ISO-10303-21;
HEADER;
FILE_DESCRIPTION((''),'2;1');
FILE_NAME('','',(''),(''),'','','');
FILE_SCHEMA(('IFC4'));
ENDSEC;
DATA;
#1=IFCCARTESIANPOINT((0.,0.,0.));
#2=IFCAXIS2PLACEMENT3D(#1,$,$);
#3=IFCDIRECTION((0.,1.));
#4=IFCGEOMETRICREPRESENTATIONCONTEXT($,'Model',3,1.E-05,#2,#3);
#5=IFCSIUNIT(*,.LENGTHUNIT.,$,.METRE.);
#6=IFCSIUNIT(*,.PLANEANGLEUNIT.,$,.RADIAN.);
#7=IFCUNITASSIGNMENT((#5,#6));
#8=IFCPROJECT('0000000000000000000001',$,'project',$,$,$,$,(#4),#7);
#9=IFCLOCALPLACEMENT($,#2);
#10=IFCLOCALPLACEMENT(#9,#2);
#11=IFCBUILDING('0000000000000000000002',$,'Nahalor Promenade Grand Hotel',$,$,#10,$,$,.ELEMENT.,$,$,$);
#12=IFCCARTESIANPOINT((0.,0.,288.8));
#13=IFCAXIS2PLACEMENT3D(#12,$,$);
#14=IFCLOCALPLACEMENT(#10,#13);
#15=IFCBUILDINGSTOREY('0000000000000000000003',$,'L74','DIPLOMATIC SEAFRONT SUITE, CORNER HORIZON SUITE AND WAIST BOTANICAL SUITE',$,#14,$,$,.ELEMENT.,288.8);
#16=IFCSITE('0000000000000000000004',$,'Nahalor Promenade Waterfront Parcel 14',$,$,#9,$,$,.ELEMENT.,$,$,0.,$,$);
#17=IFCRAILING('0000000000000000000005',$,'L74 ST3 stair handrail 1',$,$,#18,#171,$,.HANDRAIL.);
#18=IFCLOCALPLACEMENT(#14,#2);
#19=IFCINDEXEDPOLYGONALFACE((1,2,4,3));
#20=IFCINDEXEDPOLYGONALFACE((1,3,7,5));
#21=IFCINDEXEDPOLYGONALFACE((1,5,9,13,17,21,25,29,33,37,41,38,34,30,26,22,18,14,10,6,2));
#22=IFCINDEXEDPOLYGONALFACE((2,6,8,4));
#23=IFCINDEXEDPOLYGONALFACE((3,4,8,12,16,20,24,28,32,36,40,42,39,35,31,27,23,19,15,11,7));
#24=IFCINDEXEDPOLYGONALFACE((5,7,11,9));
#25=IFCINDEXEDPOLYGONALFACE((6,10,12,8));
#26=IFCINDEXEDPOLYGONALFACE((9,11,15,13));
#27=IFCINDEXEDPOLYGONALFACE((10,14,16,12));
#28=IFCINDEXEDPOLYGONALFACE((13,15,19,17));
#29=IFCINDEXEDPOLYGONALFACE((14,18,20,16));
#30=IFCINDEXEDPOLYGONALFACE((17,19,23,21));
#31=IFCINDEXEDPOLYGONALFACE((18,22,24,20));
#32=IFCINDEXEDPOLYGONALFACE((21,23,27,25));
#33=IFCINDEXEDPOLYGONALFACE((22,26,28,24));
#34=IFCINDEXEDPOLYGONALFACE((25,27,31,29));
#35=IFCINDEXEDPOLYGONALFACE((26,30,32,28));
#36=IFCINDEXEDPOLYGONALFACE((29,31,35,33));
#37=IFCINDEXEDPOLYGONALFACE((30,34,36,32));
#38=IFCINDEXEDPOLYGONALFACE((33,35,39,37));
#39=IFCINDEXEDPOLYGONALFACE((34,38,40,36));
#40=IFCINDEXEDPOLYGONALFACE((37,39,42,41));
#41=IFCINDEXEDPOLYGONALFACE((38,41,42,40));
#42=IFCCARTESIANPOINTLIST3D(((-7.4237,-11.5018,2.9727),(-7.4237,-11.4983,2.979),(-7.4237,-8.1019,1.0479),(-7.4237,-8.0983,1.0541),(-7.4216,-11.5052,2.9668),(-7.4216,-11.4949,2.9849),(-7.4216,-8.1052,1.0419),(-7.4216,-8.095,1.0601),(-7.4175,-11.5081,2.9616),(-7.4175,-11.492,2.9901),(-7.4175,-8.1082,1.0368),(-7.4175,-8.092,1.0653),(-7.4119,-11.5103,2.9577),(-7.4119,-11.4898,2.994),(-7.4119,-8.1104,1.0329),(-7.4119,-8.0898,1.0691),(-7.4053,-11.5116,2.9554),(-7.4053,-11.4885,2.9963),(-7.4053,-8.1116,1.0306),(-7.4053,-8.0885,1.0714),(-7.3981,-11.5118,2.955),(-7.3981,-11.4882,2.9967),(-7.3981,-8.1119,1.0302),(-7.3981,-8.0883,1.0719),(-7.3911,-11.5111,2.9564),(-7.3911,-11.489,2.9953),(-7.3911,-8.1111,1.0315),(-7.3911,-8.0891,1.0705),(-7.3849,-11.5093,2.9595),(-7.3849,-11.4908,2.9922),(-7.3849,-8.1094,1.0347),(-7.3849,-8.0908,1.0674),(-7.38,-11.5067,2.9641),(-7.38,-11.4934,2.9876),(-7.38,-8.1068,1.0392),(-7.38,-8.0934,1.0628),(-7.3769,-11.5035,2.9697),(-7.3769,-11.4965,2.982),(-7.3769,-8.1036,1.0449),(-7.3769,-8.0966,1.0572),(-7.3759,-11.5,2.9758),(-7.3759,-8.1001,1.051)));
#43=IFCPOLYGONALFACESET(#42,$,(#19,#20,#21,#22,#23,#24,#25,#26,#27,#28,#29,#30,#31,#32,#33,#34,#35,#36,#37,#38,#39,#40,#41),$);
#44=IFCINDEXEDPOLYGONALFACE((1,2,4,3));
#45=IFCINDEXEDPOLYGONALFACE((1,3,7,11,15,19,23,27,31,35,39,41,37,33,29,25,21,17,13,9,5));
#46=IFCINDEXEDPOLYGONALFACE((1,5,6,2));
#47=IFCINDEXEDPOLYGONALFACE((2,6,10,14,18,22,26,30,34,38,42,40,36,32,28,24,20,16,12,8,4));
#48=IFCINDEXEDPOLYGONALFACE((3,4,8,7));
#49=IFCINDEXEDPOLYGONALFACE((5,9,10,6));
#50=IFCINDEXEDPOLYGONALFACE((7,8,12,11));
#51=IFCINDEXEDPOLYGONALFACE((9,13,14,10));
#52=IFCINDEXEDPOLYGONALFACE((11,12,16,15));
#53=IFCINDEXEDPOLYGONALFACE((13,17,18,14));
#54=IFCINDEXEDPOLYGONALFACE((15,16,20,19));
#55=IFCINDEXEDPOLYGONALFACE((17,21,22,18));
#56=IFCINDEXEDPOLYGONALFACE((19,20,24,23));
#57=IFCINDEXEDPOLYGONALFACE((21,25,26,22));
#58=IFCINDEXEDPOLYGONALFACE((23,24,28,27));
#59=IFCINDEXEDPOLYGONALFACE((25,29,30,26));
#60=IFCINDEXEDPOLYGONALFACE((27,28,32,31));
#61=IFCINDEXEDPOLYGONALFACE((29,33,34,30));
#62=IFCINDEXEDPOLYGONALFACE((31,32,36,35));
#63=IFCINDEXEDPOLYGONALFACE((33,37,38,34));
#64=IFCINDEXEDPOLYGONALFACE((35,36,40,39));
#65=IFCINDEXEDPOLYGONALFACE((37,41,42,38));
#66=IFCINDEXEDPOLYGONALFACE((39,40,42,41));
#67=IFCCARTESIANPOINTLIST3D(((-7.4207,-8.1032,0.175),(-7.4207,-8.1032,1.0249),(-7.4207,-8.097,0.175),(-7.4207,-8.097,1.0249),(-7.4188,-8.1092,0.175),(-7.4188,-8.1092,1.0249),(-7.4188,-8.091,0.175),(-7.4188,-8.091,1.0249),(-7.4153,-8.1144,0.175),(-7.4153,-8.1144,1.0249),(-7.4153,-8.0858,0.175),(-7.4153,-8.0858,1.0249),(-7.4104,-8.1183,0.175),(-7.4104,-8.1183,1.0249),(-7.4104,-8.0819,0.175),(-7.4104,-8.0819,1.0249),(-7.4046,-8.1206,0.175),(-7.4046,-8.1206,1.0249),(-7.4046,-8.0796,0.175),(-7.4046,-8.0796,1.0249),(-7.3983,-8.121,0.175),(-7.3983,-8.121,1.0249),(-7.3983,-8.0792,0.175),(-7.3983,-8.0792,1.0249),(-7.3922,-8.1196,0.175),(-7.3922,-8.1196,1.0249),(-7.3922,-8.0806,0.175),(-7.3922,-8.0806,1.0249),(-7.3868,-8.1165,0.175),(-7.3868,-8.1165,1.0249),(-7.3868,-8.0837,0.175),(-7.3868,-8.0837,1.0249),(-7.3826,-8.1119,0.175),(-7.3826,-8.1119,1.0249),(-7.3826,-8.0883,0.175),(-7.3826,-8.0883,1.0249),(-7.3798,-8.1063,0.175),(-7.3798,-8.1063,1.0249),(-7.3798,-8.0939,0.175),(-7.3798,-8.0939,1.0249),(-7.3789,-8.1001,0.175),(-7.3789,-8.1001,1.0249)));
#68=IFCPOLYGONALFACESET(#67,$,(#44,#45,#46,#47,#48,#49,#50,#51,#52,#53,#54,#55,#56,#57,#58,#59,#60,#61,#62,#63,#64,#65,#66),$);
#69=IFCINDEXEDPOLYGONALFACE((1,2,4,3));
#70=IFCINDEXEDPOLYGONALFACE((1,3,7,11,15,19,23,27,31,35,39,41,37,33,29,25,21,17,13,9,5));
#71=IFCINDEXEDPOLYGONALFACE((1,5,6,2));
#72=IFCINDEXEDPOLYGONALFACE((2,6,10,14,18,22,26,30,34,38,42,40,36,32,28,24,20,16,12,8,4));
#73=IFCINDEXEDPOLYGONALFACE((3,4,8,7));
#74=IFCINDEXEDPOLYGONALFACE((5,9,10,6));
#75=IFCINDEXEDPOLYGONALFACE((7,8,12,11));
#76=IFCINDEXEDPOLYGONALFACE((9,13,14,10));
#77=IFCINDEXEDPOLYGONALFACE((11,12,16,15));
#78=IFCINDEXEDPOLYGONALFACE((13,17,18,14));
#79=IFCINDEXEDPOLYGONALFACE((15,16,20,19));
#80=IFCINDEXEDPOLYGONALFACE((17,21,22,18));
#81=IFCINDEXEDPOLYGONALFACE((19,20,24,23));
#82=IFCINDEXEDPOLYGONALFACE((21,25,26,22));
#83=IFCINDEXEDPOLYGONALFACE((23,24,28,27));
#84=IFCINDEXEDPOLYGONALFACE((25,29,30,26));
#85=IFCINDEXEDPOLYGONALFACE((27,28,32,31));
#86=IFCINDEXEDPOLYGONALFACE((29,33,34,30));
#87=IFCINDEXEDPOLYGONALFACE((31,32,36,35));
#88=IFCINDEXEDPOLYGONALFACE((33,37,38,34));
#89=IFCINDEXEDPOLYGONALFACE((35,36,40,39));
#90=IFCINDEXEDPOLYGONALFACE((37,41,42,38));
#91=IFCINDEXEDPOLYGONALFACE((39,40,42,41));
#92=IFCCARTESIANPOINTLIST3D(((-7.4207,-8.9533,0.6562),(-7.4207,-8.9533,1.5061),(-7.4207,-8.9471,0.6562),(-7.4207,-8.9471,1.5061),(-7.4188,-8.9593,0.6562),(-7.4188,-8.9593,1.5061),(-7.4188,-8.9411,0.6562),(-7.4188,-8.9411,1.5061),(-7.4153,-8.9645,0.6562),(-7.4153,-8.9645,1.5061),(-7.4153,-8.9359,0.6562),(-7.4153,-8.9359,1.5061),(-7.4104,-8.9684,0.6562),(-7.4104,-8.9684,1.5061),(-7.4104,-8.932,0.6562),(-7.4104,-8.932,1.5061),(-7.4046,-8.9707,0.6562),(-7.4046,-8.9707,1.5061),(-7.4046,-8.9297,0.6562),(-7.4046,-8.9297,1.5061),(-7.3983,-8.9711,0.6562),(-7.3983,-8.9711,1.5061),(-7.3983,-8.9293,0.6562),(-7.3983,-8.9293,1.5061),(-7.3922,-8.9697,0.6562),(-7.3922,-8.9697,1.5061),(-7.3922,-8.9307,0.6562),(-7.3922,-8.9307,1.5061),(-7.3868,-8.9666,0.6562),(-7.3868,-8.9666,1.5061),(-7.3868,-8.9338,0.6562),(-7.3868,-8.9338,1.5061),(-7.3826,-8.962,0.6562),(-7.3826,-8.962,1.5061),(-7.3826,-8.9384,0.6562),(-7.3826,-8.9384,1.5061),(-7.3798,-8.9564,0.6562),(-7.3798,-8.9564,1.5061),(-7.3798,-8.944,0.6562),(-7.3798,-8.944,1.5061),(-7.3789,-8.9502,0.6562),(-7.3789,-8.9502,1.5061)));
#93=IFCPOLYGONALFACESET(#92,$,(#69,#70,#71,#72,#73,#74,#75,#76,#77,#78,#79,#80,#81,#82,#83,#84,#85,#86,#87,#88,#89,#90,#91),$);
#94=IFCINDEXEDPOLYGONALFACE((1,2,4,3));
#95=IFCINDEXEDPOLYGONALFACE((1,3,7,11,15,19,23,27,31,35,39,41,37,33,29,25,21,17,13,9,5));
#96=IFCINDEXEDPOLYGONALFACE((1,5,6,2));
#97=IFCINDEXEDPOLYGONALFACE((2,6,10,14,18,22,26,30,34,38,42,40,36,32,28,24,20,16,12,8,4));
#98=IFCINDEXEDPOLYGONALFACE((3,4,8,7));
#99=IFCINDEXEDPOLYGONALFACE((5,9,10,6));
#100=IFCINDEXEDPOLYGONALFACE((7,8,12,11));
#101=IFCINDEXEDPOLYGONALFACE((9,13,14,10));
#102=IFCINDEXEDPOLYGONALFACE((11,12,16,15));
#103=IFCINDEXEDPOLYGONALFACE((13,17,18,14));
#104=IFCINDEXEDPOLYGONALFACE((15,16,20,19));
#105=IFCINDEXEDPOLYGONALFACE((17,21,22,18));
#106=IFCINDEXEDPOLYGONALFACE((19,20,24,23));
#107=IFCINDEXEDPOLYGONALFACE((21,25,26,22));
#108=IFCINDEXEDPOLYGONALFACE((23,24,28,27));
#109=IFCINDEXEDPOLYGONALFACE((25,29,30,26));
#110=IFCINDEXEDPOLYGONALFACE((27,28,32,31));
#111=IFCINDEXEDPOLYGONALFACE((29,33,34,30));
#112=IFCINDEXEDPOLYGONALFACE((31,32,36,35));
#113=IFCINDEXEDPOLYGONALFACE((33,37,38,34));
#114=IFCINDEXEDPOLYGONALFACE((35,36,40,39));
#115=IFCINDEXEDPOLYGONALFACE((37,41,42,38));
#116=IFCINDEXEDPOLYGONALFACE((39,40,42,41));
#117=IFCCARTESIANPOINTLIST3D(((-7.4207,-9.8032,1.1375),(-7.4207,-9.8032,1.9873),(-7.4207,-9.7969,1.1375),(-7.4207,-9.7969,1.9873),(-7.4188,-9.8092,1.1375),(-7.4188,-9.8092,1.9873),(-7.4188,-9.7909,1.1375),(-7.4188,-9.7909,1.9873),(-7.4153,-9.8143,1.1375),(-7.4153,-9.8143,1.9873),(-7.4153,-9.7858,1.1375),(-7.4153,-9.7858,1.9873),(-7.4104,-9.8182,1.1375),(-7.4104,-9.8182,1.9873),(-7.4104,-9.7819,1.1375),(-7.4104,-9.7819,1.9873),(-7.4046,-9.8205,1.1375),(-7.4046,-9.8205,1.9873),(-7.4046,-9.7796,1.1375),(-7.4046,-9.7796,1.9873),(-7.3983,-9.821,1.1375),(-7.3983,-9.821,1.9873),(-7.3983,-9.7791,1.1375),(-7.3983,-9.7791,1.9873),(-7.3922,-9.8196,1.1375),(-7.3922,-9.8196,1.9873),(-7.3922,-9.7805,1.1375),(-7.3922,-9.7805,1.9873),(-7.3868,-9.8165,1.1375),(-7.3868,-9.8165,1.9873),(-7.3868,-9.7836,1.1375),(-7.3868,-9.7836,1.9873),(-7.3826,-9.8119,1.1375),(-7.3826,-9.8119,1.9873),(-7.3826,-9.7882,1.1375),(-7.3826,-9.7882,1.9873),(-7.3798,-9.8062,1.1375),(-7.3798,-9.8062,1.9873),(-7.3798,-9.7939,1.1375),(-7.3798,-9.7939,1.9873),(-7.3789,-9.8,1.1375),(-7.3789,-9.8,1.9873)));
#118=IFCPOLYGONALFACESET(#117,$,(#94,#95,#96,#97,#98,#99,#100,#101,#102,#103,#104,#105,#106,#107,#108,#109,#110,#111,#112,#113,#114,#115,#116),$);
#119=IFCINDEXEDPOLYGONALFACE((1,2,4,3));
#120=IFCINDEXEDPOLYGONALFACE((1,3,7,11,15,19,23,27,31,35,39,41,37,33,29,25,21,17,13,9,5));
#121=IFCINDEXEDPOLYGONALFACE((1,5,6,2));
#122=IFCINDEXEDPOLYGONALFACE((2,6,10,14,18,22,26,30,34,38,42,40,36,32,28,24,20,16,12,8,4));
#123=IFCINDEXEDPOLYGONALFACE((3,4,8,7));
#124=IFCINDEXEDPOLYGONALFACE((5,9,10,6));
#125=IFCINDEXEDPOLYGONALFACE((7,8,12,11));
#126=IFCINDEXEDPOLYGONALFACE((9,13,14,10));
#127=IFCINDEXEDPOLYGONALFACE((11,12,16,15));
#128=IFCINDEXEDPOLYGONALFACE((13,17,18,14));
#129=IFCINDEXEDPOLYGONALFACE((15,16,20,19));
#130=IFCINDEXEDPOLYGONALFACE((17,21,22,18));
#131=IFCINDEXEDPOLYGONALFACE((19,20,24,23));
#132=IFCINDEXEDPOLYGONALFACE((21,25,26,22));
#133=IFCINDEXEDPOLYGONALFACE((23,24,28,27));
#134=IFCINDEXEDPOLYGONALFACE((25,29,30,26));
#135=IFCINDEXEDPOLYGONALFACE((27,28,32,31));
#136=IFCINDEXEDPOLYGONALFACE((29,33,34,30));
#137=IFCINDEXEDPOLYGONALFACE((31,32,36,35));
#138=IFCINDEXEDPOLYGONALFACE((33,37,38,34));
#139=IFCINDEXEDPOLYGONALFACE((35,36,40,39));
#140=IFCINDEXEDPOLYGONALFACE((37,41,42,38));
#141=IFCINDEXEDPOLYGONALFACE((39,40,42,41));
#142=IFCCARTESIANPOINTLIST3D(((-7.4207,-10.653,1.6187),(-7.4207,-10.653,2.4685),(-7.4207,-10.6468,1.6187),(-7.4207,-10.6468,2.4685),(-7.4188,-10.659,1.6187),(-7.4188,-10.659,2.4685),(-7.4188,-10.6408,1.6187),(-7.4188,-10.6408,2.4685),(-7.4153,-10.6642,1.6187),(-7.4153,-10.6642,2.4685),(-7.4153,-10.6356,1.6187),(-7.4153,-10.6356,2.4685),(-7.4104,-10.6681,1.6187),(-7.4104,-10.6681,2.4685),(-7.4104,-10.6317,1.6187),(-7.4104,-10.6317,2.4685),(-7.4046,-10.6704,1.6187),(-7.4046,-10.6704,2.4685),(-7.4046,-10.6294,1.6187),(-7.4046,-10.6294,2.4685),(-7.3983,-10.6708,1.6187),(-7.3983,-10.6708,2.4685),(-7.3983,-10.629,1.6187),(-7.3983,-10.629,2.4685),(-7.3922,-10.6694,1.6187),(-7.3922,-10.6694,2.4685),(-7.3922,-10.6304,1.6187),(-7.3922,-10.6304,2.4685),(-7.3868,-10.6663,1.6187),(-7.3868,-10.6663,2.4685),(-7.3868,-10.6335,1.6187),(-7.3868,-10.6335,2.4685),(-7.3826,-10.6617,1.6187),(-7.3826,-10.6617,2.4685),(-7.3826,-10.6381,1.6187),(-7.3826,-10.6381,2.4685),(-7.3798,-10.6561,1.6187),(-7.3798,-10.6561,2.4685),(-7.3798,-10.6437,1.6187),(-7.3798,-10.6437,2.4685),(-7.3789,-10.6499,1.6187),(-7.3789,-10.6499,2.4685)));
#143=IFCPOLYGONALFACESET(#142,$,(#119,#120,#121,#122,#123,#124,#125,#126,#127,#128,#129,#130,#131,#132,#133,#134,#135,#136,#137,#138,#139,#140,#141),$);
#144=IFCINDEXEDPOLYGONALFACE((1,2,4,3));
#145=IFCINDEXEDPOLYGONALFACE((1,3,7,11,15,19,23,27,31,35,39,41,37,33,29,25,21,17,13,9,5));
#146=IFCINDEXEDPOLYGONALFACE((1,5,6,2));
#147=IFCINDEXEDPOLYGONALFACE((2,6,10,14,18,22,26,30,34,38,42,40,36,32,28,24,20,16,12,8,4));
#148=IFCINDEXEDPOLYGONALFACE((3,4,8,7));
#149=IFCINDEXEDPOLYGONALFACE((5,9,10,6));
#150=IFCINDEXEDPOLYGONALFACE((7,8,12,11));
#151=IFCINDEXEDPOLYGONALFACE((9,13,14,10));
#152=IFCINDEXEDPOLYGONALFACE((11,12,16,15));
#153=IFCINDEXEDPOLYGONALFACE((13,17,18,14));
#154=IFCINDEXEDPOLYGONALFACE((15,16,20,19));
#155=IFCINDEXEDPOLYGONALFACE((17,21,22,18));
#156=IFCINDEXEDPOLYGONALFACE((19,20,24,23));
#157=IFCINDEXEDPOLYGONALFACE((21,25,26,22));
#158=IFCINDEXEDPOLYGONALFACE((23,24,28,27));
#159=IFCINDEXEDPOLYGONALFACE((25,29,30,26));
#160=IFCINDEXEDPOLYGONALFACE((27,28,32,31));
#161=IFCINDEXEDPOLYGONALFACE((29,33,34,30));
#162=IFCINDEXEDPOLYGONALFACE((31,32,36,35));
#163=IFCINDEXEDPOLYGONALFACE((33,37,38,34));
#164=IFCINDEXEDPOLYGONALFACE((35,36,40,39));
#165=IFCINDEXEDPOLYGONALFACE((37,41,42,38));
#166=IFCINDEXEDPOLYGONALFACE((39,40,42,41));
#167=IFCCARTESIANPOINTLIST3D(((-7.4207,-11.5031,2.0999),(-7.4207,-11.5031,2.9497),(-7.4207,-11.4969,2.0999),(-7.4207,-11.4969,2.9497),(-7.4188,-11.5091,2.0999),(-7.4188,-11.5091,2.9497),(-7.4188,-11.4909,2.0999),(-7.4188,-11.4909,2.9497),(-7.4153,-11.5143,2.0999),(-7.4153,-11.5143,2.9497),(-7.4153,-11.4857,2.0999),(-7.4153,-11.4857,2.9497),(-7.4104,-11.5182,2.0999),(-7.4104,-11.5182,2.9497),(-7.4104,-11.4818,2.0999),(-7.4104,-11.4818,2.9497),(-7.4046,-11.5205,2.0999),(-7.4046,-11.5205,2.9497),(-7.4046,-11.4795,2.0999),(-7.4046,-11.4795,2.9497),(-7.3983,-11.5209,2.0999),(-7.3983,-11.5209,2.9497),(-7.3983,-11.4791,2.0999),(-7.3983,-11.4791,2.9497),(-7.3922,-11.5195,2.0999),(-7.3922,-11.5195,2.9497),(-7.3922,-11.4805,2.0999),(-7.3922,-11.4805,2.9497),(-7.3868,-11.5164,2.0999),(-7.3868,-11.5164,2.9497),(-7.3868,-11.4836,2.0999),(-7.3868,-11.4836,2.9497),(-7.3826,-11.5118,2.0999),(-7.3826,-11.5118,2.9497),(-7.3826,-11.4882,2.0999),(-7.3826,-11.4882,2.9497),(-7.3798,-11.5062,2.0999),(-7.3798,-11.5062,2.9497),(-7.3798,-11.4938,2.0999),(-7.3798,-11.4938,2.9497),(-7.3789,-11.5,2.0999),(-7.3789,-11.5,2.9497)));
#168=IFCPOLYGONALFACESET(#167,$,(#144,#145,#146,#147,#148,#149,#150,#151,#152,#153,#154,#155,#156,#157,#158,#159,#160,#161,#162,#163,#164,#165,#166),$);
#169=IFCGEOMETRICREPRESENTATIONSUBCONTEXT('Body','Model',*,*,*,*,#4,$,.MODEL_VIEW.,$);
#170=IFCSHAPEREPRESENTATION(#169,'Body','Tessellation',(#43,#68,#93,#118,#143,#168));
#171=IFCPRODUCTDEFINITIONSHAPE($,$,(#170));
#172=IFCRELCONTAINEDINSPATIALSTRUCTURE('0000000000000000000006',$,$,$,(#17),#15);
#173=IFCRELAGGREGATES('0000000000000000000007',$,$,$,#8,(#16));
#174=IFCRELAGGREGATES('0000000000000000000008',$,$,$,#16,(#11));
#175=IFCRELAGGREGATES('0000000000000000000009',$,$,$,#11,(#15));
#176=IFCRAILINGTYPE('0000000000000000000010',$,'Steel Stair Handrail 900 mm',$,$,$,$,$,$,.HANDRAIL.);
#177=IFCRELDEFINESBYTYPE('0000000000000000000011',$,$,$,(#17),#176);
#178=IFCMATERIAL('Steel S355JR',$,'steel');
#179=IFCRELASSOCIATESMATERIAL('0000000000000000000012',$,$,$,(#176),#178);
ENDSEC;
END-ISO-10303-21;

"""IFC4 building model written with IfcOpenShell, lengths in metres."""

from ifc_helpers import new_model, si_unit, direction, frame, origin, origin_2d, place, context, subcontext, project, spatial, circle, extrude, material, type_object, element, save


model = new_model("IFC4")

# Units and contexts
model_context = context("Model", 3, precision=1e-05, world=origin(), true_north=direction((0.0, 1.0)))
body_context = subcontext(model_context, "Body", "Model", "MODEL_VIEW")
ifc_project = project(units=[si_unit("LENGTHUNIT", "METRE"), si_unit("PLANEANGLEUNIT", "RADIAN")], contexts=[model_context])

# Site, building, storey
site_placement = place(None, origin())
site = spatial("IfcSite", under=ifc_project, at=site_placement, Name="Nahalor Promenade Waterfront Parcel 14", CompositionType="ELEMENT", RefElevation=0.0)
building_placement = place(site_placement, origin())
building = spatial("IfcBuilding", under=site, at=building_placement, Name="Nahalor Promenade Grand Hotel", CompositionType="ELEMENT")
storey_placement = place(building_placement, frame((0.0, 0.0, 288.8)))
storey = spatial("IfcBuildingStorey", under=building, at=storey_placement, Name="L74", Description="DIPLOMATIC SEAFRONT SUITE, CORNER HORIZON SUITE AND WAIST BOTANICAL SUITE", CompositionType="ELEMENT", Elevation=288.8)

# Shared definitions
ifc_material_1 = material(Name="Steel S355JR", Category="steel")

# Railing
railing_type_1 = type_object("IfcRailingType", Name="Steel Stair Handrail 900 mm", PredefinedType="HANDRAIL", material=ifc_material_1)
railing_1_placement = place(storey_placement, frame((-7.3999, -8.1001, 0.175)))
element("IfcRailing", 1, at=railing_1_placement, inside=storey, type_object=railing_type_1, Name="L74 ST3 stair handrail 1", PredefinedType="HANDRAIL", context=body_context, shape_type="SweptSolid", body=[
    extrude(circle(Radius=0.024, at=origin_2d()), frame((0.0, 0.0, 0.876), z_axis=(0.0, -0.87022, 0.492663), x_axis=(1.0, 0.0, 0.0)), (0.0, 0.0, 1.0), 3.907),
    extrude(circle(Radius=0.021, at=origin_2d()), origin(), (0.0, 0.0, 1.0), 0.8499),
    extrude(circle(Radius=0.021, at=origin_2d()), frame((0.0, -0.8501, 0.4812)), (0.0, 0.0, 1.0), 0.8499),
    extrude(circle(Radius=0.021, at=origin_2d()), frame((0.0, -1.7, 0.9624)), (0.0, 0.0, 1.0), 0.8499),
    extrude(circle(Radius=0.021, at=origin_2d()), frame((0.0, -2.5498, 1.4436)), (0.0, 0.0, 1.0), 0.8499),
    extrude(circle(Radius=0.021, at=origin_2d()), frame((0.0, -3.3999, 1.9248)), (0.0, 0.0, 1.0), 0.8499),
])

save(model, "model.ifc")
